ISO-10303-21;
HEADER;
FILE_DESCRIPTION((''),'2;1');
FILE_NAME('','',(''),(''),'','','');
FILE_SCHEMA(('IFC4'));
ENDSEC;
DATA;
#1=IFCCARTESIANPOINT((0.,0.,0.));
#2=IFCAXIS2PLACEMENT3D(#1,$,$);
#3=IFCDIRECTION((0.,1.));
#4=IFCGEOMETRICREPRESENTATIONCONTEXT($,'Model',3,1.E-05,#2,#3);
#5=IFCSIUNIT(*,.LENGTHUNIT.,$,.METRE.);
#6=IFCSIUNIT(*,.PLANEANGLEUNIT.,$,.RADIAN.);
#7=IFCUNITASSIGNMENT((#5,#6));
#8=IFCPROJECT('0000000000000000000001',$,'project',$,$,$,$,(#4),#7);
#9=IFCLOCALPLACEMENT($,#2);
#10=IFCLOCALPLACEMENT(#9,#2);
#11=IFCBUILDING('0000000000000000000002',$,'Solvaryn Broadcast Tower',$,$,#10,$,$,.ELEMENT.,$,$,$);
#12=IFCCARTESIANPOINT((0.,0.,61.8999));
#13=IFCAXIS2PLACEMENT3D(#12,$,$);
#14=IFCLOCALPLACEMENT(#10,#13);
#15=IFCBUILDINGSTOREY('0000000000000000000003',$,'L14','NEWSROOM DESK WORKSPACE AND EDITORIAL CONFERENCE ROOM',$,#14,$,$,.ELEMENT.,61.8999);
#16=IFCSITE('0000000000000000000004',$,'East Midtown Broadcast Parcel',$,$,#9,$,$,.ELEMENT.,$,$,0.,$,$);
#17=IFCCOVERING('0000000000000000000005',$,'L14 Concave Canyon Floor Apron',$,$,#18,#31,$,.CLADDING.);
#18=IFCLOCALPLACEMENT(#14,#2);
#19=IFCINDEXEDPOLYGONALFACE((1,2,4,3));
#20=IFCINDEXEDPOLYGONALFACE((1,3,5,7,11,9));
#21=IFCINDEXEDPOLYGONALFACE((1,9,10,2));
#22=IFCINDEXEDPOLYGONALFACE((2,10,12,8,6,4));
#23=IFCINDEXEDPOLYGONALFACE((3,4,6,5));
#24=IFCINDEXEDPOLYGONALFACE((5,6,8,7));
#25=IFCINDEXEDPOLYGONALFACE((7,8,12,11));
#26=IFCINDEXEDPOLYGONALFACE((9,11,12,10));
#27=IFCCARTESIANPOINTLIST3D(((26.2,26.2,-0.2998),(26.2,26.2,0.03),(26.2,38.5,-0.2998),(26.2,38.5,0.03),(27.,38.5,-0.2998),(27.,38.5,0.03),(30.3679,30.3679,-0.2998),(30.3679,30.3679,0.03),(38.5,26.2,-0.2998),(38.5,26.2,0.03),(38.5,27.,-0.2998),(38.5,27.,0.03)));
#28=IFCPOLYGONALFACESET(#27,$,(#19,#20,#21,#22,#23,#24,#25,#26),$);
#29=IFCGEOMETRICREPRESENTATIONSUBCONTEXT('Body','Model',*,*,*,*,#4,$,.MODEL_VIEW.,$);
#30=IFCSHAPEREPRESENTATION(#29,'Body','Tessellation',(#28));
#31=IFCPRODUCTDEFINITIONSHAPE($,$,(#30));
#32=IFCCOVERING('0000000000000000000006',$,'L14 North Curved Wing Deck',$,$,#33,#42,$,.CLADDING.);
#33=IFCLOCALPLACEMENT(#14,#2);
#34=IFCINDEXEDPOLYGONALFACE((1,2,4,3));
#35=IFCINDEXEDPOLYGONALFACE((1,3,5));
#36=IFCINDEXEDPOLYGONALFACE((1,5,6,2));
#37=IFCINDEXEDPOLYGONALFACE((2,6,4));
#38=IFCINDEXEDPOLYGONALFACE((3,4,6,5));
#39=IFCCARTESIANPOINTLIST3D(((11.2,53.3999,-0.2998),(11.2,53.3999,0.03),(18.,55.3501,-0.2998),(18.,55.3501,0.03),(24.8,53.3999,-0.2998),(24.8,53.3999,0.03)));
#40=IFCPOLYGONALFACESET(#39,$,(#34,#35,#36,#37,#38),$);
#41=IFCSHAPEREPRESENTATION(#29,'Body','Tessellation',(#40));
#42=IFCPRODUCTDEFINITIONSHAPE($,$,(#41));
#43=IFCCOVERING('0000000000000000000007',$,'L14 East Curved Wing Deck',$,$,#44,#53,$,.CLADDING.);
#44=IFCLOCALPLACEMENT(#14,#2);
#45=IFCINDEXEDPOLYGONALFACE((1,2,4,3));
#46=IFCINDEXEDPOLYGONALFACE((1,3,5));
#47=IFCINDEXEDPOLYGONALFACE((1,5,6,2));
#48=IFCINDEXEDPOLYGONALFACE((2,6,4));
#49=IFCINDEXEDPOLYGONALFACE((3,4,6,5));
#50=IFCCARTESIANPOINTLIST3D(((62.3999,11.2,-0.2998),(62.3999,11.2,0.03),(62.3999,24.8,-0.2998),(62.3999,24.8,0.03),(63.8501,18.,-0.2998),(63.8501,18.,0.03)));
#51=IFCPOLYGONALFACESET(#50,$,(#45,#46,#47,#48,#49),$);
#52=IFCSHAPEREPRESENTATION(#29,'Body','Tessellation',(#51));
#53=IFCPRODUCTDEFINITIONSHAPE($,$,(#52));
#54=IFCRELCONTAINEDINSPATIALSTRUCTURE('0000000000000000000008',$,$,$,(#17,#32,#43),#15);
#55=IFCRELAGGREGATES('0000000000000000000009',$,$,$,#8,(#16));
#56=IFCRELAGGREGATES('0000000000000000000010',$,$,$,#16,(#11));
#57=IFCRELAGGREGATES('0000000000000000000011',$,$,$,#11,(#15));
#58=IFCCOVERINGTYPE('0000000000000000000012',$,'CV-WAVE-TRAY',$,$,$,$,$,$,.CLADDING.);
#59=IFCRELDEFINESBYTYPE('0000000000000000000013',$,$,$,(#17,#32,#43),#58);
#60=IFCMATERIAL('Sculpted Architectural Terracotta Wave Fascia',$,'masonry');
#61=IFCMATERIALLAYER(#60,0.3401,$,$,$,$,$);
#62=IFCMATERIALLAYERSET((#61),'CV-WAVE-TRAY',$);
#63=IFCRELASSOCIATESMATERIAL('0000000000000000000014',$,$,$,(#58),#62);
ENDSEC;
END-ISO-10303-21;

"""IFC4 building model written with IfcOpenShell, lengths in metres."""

from ifc_helpers import new_model, si_unit, direction, frame, origin, place, context, subcontext, project, spatial, polyline, outline, extrude, material, layer, layer_set, type_object, element, save


model = new_model("IFC4")

# Units and contexts
model_context = context("Model", 3, precision=1e-05, world=origin(), true_north=direction((0.0, 1.0)))
body_context = subcontext(model_context, "Body", "Model", "MODEL_VIEW")
ifc_project = project(units=[si_unit("LENGTHUNIT", "METRE"), si_unit("PLANEANGLEUNIT", "RADIAN")], contexts=[model_context])

# Site, building, storey
site_placement = place(None, origin())
site = spatial("IfcSite", under=ifc_project, at=site_placement, Name="East Midtown Broadcast Parcel", CompositionType="ELEMENT", RefElevation=0.0)
building_placement = place(site_placement, origin())
building = spatial("IfcBuilding", under=site, at=building_placement, Name="Solvaryn Broadcast Tower", CompositionType="ELEMENT")
storey_placement = place(building_placement, frame((0.0, 0.0, 61.8999)))
storey = spatial("IfcBuildingStorey", under=building, at=storey_placement, Name="L14", Description="NEWSROOM DESK WORKSPACE AND EDITORIAL CONFERENCE ROOM", CompositionType="ELEMENT", Elevation=61.8999)

# Coverings
ifc_material_1 = material(Name="Sculpted Architectural Terracotta Wave Fascia", Category="masonry")
ifc_layer_1 = layer(ifc_material_1, 0.3401)
ifc_layer_set_1 = layer_set([ifc_layer_1], Name="CV-WAVE-TRAY")
covering_type_1 = type_object("IfcCoveringType", Name="CV-WAVE-TRAY", PredefinedType="CLADDING", material=ifc_layer_set_1)
covering_1_placement = place(storey_placement, frame((0.0, 0.0, -0.2998)))
element("IfcCovering", 1, at=covering_1_placement, inside=storey, type_object=covering_type_1, Name="L14 Concave Canyon Floor Apron", PredefinedType="CLADDING", context=body_context, shape_type="SweptSolid", body=[
    extrude(outline(polyline([(26.2, 26.2), (38.5, 26.2), (38.5, 27.0), (30.3679, 30.3679), (27.0, 38.5), (26.2, 38.5), (26.2, 26.2)])), origin(), (0.0, 0.0, 1.0), 0.3298),
])
covering_2_placement = place(storey_placement, frame((0.0, 0.0, -0.2998)))
element("IfcCovering", 2, at=covering_2_placement, inside=storey, type_object=covering_type_1, Name="L14 North Curved Wing Deck", PredefinedType="CLADDING", context=body_context, shape_type="SweptSolid", body=[
    extrude(outline(polyline([(11.2, 53.3999), (24.8, 53.3999), (18.0, 55.3501), (11.2, 53.3999)])), origin(), (0.0, 0.0, 1.0), 0.3298),
])
covering_3_placement = place(storey_placement, frame((0.0, 0.0, -0.2998)))
element("IfcCovering", 3, at=covering_3_placement, inside=storey, type_object=covering_type_1, Name="L14 East Curved Wing Deck", PredefinedType="CLADDING", context=body_context, shape_type="SweptSolid", body=[
    extrude(outline(polyline([(62.3999, 11.2), (63.8501, 18.0), (62.3999, 24.8), (62.3999, 11.2)])), origin(), (0.0, 0.0, 1.0), 0.3298),
])

save(model, "model.ifc")
